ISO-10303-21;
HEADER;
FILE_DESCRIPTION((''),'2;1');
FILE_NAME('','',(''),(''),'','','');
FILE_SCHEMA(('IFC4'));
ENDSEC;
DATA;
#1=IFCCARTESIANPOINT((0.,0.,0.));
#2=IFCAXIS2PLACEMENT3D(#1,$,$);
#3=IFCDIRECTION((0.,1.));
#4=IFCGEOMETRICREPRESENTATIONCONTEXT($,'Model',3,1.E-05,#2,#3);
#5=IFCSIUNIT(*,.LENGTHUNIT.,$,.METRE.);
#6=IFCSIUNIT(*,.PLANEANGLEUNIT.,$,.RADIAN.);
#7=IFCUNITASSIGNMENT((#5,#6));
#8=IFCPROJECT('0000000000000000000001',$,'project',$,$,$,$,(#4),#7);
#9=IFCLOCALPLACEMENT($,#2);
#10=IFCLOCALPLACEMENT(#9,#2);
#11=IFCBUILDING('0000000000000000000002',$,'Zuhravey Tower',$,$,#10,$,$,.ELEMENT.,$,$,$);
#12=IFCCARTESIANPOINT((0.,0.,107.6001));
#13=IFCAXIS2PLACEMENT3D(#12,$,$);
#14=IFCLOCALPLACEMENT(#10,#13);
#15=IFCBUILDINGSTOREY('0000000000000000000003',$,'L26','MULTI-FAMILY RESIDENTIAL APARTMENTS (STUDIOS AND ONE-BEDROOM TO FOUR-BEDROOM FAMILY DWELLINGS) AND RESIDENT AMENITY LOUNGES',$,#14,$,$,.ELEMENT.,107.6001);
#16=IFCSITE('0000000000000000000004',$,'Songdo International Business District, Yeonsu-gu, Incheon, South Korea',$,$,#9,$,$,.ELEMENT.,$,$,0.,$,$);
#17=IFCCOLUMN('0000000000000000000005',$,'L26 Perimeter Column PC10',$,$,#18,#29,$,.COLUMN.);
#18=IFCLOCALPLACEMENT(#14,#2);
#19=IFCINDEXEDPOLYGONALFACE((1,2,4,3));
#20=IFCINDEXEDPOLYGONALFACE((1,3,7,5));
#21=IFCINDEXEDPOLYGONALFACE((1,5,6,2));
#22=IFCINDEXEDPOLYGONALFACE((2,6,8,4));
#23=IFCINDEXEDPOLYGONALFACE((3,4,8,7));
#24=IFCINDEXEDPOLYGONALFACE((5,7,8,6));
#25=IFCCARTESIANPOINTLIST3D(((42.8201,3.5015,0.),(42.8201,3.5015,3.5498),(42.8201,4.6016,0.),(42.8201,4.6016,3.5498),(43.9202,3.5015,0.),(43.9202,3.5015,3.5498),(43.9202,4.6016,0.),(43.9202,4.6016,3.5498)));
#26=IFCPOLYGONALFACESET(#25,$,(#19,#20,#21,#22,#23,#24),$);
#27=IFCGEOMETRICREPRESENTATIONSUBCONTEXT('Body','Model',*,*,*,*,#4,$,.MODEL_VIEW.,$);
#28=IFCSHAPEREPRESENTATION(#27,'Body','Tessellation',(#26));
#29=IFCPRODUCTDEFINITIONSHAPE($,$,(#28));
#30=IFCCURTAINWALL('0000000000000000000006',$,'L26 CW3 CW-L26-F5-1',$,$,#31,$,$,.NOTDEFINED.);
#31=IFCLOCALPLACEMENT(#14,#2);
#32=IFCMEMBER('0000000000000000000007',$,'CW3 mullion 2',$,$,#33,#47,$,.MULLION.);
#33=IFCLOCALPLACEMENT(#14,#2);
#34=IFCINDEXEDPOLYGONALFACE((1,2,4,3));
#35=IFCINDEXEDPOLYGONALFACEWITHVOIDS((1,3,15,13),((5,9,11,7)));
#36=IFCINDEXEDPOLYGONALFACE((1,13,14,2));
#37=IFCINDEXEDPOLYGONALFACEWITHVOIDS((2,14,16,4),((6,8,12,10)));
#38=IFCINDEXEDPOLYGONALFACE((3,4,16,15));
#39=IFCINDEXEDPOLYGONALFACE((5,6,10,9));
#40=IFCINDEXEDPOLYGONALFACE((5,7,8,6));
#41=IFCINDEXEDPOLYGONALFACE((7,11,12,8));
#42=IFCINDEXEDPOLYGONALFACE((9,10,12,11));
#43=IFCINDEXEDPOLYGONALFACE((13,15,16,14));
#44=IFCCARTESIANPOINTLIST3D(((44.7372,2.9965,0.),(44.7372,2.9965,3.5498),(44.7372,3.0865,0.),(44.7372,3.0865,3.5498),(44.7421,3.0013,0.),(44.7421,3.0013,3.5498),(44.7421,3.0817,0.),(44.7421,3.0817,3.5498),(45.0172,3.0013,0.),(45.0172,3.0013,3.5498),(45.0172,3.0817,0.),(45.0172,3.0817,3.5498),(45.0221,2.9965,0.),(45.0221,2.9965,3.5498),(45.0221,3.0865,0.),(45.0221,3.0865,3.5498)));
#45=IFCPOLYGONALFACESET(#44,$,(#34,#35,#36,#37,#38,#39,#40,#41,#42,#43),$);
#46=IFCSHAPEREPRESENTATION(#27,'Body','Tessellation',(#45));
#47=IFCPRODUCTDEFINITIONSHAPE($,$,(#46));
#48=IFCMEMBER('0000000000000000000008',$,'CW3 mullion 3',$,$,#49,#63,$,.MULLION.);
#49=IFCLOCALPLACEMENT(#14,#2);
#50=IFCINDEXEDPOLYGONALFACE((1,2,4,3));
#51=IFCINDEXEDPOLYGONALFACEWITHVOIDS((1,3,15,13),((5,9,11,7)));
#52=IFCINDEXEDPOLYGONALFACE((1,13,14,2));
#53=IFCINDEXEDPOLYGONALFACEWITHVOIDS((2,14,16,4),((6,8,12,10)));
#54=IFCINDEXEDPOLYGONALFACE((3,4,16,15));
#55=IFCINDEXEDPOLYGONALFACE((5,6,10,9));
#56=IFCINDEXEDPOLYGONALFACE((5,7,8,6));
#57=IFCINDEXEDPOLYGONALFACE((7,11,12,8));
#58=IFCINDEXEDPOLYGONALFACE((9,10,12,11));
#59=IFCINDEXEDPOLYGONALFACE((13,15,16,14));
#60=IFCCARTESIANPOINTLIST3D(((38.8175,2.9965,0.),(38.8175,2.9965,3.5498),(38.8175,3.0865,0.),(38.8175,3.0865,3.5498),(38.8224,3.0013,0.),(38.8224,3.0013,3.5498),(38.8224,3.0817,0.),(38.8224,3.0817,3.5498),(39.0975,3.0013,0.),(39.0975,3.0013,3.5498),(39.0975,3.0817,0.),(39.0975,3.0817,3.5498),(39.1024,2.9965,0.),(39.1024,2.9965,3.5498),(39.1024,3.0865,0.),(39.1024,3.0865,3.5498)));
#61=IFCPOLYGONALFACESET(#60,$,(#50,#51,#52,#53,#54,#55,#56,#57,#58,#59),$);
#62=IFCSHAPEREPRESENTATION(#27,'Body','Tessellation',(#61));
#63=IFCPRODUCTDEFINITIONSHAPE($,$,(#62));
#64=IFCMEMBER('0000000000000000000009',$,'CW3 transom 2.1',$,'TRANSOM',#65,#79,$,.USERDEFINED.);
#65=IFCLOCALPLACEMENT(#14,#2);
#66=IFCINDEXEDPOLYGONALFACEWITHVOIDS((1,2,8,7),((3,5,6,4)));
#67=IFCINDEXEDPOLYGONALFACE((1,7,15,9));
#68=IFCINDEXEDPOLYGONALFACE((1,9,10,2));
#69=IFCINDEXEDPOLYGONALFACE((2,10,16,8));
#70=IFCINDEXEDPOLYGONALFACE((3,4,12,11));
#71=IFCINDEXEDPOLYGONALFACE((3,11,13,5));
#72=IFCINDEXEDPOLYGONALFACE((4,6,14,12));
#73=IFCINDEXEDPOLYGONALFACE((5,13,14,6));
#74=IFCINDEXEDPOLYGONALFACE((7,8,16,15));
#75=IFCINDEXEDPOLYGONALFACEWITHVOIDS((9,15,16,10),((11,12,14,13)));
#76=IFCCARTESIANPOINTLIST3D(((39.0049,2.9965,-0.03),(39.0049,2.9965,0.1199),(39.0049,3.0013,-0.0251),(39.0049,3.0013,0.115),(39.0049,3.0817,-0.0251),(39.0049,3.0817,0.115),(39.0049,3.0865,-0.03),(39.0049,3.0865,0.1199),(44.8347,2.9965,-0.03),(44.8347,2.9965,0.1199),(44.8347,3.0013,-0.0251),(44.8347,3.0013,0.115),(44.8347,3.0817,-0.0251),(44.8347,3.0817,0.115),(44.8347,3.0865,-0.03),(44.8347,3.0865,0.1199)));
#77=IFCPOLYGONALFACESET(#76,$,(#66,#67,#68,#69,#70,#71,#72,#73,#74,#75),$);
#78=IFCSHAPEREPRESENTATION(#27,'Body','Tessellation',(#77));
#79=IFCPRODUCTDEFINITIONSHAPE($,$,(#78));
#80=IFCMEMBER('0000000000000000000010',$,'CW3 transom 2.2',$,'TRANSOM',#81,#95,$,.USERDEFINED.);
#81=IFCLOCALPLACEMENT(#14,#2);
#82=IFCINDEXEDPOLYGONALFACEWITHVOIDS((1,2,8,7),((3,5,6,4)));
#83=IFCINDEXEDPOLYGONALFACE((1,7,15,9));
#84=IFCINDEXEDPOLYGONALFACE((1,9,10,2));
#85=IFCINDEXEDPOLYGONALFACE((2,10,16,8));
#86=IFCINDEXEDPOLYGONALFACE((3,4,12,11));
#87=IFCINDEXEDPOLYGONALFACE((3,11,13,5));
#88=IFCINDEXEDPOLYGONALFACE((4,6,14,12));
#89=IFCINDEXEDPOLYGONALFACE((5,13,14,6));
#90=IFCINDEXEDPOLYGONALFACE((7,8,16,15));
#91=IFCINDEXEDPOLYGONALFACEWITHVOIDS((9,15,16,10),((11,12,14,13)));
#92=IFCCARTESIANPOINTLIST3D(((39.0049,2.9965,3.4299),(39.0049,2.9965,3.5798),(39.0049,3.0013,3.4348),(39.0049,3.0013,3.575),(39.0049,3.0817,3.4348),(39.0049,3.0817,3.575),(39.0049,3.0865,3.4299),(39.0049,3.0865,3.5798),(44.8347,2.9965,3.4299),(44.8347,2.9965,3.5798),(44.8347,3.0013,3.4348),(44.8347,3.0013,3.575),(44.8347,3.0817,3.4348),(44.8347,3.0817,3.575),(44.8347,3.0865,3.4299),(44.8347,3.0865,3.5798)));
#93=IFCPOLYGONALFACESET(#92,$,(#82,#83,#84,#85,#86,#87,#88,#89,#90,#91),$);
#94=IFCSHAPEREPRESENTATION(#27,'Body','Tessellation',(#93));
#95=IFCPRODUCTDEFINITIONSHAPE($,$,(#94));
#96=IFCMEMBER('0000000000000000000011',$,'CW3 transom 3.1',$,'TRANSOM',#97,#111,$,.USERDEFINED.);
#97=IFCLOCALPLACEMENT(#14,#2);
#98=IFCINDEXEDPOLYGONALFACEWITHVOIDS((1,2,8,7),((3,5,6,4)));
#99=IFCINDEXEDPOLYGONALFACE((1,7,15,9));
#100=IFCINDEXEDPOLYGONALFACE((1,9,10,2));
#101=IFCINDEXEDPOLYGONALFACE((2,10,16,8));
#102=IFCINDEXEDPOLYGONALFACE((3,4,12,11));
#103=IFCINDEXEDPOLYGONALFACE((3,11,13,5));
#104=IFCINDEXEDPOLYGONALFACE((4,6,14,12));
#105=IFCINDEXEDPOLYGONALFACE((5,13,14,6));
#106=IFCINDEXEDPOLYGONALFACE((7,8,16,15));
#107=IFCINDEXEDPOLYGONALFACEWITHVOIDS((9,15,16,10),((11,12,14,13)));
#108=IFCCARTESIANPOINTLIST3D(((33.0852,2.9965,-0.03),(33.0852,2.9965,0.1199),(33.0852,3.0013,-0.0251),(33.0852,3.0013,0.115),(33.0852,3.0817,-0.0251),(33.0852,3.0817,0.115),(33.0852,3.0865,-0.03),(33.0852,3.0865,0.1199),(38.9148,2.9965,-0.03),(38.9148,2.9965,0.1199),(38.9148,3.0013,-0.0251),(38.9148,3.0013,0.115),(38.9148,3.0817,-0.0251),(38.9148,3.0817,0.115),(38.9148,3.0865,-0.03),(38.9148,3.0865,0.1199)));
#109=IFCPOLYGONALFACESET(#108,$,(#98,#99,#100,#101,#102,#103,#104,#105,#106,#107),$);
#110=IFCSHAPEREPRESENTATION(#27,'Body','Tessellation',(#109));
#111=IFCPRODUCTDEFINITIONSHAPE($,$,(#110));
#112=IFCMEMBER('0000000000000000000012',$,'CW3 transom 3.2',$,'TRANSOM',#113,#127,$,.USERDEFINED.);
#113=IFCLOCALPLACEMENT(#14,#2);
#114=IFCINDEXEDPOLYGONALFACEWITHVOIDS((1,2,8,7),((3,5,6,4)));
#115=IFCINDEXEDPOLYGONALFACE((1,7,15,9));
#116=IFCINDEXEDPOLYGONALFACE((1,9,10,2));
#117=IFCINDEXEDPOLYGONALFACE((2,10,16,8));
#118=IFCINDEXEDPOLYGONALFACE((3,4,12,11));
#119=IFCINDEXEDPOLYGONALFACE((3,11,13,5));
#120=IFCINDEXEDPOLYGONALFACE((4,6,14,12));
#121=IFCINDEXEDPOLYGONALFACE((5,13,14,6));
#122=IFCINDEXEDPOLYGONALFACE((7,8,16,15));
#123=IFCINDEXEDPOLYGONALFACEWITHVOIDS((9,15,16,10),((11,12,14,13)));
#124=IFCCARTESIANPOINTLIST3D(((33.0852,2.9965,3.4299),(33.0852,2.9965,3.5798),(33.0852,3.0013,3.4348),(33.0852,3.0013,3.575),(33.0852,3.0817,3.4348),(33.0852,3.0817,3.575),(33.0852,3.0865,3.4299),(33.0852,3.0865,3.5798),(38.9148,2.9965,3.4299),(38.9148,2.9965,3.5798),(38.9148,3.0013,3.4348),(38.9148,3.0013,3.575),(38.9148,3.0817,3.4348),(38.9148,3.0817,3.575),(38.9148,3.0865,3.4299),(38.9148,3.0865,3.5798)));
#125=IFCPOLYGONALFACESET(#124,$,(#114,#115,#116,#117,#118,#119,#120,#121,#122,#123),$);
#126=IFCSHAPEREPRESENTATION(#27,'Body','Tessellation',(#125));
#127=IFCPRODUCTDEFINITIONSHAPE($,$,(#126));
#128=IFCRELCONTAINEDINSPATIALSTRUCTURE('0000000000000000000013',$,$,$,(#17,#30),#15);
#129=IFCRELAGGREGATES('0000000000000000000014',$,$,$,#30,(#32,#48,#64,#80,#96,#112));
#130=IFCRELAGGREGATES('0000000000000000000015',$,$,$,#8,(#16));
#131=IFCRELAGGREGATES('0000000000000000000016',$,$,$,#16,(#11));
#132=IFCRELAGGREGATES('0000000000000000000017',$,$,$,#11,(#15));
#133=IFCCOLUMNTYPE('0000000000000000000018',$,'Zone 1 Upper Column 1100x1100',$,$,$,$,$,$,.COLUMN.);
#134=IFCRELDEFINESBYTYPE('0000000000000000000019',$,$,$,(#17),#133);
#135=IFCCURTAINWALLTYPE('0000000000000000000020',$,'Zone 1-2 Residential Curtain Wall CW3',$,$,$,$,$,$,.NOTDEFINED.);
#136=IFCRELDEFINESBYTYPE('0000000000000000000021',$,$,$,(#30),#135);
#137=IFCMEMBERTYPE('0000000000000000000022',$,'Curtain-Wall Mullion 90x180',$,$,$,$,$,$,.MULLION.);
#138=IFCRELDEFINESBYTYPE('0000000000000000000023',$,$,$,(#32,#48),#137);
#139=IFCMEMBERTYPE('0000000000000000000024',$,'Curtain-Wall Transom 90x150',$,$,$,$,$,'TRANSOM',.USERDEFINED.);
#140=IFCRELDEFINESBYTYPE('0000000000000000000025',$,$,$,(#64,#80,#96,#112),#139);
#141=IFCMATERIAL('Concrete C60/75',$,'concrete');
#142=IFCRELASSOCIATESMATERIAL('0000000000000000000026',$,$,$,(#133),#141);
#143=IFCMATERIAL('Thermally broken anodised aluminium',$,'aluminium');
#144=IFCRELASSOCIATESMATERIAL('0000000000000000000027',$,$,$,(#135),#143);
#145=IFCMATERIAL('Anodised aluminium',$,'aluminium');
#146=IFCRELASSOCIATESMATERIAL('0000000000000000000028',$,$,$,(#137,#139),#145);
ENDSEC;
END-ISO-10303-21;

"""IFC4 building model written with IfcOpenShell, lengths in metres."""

from ifc_helpers import new_model, si_unit, direction, frame, origin, origin_2d, place, context, subcontext, project, spatial, rectangle, hollow_rectangle, extrude, material, material_profile, profile_set, type_object, element, aggregate, save


model = new_model("IFC4")

# Units and contexts
model_context = context("Model", 3, precision=1e-05, world=origin(), true_north=direction((0.0, 1.0)))
body_context = subcontext(model_context, "Body", "Model", "MODEL_VIEW")
ifc_project = project(units=[si_unit("LENGTHUNIT", "METRE"), si_unit("PLANEANGLEUNIT", "RADIAN")], contexts=[model_context])

# Site, building, storey
site_placement = place(None, origin())
site = spatial("IfcSite", under=ifc_project, at=site_placement, Name="Songdo International Business District, Yeonsu-gu, Incheon, South Korea", CompositionType="ELEMENT", RefElevation=0.0)
building_placement = place(site_placement, origin())
building = spatial("IfcBuilding", under=site, at=building_placement, Name="Zuhravey Tower", CompositionType="ELEMENT")
storey_placement = place(building_placement, frame((0.0, 0.0, 107.6001)))
storey = spatial("IfcBuildingStorey", under=building, at=storey_placement, Name="L26", Description="MULTI-FAMILY RESIDENTIAL APARTMENTS (STUDIOS AND ONE-BEDROOM TO FOUR-BEDROOM FAMILY DWELLINGS) AND RESIDENT AMENITY LOUNGES", CompositionType="ELEMENT", Elevation=107.6001)

# Column
ifc_material_1 = material(Name="Concrete C60/75", Category="concrete")
ifc_material_profile_1 = material_profile(ifc_material_1, rectangle(XDim=1.1001, YDim=1.1001, at=origin_2d()), Name="RC-1100x1100")
ifc_profile_set_1 = profile_set([ifc_material_profile_1], Name="Concrete C60/75")
column_type = type_object("IfcColumnType", Name="Zone 1 Upper Column 1100x1100", PredefinedType="COLUMN", material=ifc_profile_set_1)
column_placement = place(storey_placement, frame((43.3701, 4.0515, 0.0), z_axis=(0.0, 0.0, 1.0), x_axis=(1.0, 0.0, 0.0)))
element("IfcColumn", 1, at=column_placement, inside=storey, type_object=column_type, Name="L26 Perimeter Column PC10", PredefinedType="COLUMN", context=body_context, shape_type="SweptSolid", body=[
    extrude(rectangle(XDim=1.1001, YDim=1.1001, at=origin_2d()), origin(), (0.0, 0.0, 1.0), 3.5498),
])

# Curtain wall, members
ifc_material_2 = material(Name="Thermally broken anodised aluminium", Category="aluminium")
curtain_wall_type = type_object("IfcCurtainWallType", Name="Zone 1-2 Residential Curtain Wall CW3", PredefinedType="NOTDEFINED", material=ifc_material_2)
curtain_wall_placement = place(storey_placement, origin())
curtain_wall = element("IfcCurtainWall", 2, at=curtain_wall_placement, inside=storey, type_object=curtain_wall_type, Name="L26 CW3 CW-L26-F5-1", PredefinedType="NOTDEFINED")
ifc_material_3 = material(Name="Anodised aluminium", Category="aluminium")
ifc_material_profile_2 = material_profile(ifc_material_3, hollow_rectangle(XDim=0.0901, YDim=0.2849, WallThickness=0.0049, at=origin_2d()), Name="ALU-RHS-90x285x5")
ifc_profile_set_2 = profile_set([ifc_material_profile_2], Name="Anodised aluminium")
member_type_1 = type_object("IfcMemberType", Name="Curtain-Wall Mullion 90x180", PredefinedType="MULLION", material=ifc_profile_set_2)
member_1_placement = place(storey_placement, frame((44.8796, 3.0415, 0.0), z_axis=(0.0, 0.0, 1.0), x_axis=(0.0, -1.0, 0.0)))
member_1 = element("IfcMember", 3, at=member_1_placement, type_object=member_type_1, Name="CW3 mullion 2", PredefinedType="MULLION", context=body_context, shape_type="SweptSolid", body=[
    extrude(hollow_rectangle(XDim=0.0901, YDim=0.2849, WallThickness=0.0049, at=origin_2d()), origin(), (0.0, 0.0, 1.0), 3.5498),
])
member_2_placement = place(storey_placement, frame((38.96, 3.0415, 0.0), z_axis=(0.0, 0.0, 1.0), x_axis=(0.0, -1.0, 0.0)))
member_2 = element("IfcMember", 4, at=member_2_placement, type_object=member_type_1, Name="CW3 mullion 3", PredefinedType="MULLION", context=body_context, shape_type="SweptSolid", body=[
    extrude(hollow_rectangle(XDim=0.0901, YDim=0.2849, WallThickness=0.0049, at=origin_2d()), origin(), (0.0, 0.0, 1.0), 3.5498),
])
ifc_material_profile_3 = material_profile(ifc_material_3, hollow_rectangle(XDim=0.0901, YDim=0.1499, WallThickness=0.0049, at=origin_2d()), Name="ALU-RHS-90x150x5")
ifc_profile_set_3 = profile_set([ifc_material_profile_3], Name="Anodised aluminium")
member_type_2 = type_object("IfcMemberType", Name="Curtain-Wall Transom 90x150", ElementType="TRANSOM", PredefinedType="USERDEFINED", material=ifc_profile_set_3)
member_3_placement = place(storey_placement, frame((44.8347, 3.0415, 0.0449), z_axis=(-1.0, 0.0, 0.0), x_axis=(0.0, -1.0, 0.0)))
member_3 = element("IfcMember", 5, at=member_3_placement, type_object=member_type_2, Name="CW3 transom 2.1", ObjectType="TRANSOM", PredefinedType="USERDEFINED", context=body_context, shape_type="SweptSolid", body=[
    extrude(hollow_rectangle(XDim=0.0901, YDim=0.1499, WallThickness=0.0049, at=origin_2d()), origin(), (0.0, 0.0, 1.0), 5.8298),
])
member_4_placement = place(storey_placement, frame((44.8347, 3.0415, 3.5049), z_axis=(-1.0, 0.0, 0.0), x_axis=(0.0, -1.0, 0.0)))
member_4 = element("IfcMember", 6, at=member_4_placement, type_object=member_type_2, Name="CW3 transom 2.2", ObjectType="TRANSOM", PredefinedType="USERDEFINED", context=body_context, shape_type="SweptSolid", body=[
    extrude(hollow_rectangle(XDim=0.0901, YDim=0.1499, WallThickness=0.0049, at=origin_2d()), origin(), (0.0, 0.0, 1.0), 5.8298),
])
member_5_placement = place(storey_placement, frame((38.9148, 3.0415, 0.0449), z_axis=(-1.0, 0.0, 0.0), x_axis=(0.0, -1.0, 0.0)))
member_5 = element("IfcMember", 7, at=member_5_placement, type_object=member_type_2, Name="CW3 transom 3.1", ObjectType="TRANSOM", PredefinedType="USERDEFINED", context=body_context, shape_type="SweptSolid", body=[
    extrude(hollow_rectangle(XDim=0.0901, YDim=0.1499, WallThickness=0.0049, at=origin_2d()), origin(), (0.0, 0.0, 1.0), 5.8296),
])
member_6_placement = place(storey_placement, frame((38.9148, 3.0415, 3.5049), z_axis=(-1.0, 0.0, 0.0), x_axis=(0.0, -1.0, 0.0)))
member_6 = element("IfcMember", 8, at=member_6_placement, type_object=member_type_2, Name="CW3 transom 3.2", ObjectType="TRANSOM", PredefinedType="USERDEFINED", context=body_context, shape_type="SweptSolid", body=[
    extrude(hollow_rectangle(XDim=0.0901, YDim=0.1499, WallThickness=0.0049, at=origin_2d()), origin(), (0.0, 0.0, 1.0), 5.8296),
])

aggregate(curtain_wall, [member_1, member_2, member_3, member_4, member_5, member_6])

save(model, "model.ifc")
